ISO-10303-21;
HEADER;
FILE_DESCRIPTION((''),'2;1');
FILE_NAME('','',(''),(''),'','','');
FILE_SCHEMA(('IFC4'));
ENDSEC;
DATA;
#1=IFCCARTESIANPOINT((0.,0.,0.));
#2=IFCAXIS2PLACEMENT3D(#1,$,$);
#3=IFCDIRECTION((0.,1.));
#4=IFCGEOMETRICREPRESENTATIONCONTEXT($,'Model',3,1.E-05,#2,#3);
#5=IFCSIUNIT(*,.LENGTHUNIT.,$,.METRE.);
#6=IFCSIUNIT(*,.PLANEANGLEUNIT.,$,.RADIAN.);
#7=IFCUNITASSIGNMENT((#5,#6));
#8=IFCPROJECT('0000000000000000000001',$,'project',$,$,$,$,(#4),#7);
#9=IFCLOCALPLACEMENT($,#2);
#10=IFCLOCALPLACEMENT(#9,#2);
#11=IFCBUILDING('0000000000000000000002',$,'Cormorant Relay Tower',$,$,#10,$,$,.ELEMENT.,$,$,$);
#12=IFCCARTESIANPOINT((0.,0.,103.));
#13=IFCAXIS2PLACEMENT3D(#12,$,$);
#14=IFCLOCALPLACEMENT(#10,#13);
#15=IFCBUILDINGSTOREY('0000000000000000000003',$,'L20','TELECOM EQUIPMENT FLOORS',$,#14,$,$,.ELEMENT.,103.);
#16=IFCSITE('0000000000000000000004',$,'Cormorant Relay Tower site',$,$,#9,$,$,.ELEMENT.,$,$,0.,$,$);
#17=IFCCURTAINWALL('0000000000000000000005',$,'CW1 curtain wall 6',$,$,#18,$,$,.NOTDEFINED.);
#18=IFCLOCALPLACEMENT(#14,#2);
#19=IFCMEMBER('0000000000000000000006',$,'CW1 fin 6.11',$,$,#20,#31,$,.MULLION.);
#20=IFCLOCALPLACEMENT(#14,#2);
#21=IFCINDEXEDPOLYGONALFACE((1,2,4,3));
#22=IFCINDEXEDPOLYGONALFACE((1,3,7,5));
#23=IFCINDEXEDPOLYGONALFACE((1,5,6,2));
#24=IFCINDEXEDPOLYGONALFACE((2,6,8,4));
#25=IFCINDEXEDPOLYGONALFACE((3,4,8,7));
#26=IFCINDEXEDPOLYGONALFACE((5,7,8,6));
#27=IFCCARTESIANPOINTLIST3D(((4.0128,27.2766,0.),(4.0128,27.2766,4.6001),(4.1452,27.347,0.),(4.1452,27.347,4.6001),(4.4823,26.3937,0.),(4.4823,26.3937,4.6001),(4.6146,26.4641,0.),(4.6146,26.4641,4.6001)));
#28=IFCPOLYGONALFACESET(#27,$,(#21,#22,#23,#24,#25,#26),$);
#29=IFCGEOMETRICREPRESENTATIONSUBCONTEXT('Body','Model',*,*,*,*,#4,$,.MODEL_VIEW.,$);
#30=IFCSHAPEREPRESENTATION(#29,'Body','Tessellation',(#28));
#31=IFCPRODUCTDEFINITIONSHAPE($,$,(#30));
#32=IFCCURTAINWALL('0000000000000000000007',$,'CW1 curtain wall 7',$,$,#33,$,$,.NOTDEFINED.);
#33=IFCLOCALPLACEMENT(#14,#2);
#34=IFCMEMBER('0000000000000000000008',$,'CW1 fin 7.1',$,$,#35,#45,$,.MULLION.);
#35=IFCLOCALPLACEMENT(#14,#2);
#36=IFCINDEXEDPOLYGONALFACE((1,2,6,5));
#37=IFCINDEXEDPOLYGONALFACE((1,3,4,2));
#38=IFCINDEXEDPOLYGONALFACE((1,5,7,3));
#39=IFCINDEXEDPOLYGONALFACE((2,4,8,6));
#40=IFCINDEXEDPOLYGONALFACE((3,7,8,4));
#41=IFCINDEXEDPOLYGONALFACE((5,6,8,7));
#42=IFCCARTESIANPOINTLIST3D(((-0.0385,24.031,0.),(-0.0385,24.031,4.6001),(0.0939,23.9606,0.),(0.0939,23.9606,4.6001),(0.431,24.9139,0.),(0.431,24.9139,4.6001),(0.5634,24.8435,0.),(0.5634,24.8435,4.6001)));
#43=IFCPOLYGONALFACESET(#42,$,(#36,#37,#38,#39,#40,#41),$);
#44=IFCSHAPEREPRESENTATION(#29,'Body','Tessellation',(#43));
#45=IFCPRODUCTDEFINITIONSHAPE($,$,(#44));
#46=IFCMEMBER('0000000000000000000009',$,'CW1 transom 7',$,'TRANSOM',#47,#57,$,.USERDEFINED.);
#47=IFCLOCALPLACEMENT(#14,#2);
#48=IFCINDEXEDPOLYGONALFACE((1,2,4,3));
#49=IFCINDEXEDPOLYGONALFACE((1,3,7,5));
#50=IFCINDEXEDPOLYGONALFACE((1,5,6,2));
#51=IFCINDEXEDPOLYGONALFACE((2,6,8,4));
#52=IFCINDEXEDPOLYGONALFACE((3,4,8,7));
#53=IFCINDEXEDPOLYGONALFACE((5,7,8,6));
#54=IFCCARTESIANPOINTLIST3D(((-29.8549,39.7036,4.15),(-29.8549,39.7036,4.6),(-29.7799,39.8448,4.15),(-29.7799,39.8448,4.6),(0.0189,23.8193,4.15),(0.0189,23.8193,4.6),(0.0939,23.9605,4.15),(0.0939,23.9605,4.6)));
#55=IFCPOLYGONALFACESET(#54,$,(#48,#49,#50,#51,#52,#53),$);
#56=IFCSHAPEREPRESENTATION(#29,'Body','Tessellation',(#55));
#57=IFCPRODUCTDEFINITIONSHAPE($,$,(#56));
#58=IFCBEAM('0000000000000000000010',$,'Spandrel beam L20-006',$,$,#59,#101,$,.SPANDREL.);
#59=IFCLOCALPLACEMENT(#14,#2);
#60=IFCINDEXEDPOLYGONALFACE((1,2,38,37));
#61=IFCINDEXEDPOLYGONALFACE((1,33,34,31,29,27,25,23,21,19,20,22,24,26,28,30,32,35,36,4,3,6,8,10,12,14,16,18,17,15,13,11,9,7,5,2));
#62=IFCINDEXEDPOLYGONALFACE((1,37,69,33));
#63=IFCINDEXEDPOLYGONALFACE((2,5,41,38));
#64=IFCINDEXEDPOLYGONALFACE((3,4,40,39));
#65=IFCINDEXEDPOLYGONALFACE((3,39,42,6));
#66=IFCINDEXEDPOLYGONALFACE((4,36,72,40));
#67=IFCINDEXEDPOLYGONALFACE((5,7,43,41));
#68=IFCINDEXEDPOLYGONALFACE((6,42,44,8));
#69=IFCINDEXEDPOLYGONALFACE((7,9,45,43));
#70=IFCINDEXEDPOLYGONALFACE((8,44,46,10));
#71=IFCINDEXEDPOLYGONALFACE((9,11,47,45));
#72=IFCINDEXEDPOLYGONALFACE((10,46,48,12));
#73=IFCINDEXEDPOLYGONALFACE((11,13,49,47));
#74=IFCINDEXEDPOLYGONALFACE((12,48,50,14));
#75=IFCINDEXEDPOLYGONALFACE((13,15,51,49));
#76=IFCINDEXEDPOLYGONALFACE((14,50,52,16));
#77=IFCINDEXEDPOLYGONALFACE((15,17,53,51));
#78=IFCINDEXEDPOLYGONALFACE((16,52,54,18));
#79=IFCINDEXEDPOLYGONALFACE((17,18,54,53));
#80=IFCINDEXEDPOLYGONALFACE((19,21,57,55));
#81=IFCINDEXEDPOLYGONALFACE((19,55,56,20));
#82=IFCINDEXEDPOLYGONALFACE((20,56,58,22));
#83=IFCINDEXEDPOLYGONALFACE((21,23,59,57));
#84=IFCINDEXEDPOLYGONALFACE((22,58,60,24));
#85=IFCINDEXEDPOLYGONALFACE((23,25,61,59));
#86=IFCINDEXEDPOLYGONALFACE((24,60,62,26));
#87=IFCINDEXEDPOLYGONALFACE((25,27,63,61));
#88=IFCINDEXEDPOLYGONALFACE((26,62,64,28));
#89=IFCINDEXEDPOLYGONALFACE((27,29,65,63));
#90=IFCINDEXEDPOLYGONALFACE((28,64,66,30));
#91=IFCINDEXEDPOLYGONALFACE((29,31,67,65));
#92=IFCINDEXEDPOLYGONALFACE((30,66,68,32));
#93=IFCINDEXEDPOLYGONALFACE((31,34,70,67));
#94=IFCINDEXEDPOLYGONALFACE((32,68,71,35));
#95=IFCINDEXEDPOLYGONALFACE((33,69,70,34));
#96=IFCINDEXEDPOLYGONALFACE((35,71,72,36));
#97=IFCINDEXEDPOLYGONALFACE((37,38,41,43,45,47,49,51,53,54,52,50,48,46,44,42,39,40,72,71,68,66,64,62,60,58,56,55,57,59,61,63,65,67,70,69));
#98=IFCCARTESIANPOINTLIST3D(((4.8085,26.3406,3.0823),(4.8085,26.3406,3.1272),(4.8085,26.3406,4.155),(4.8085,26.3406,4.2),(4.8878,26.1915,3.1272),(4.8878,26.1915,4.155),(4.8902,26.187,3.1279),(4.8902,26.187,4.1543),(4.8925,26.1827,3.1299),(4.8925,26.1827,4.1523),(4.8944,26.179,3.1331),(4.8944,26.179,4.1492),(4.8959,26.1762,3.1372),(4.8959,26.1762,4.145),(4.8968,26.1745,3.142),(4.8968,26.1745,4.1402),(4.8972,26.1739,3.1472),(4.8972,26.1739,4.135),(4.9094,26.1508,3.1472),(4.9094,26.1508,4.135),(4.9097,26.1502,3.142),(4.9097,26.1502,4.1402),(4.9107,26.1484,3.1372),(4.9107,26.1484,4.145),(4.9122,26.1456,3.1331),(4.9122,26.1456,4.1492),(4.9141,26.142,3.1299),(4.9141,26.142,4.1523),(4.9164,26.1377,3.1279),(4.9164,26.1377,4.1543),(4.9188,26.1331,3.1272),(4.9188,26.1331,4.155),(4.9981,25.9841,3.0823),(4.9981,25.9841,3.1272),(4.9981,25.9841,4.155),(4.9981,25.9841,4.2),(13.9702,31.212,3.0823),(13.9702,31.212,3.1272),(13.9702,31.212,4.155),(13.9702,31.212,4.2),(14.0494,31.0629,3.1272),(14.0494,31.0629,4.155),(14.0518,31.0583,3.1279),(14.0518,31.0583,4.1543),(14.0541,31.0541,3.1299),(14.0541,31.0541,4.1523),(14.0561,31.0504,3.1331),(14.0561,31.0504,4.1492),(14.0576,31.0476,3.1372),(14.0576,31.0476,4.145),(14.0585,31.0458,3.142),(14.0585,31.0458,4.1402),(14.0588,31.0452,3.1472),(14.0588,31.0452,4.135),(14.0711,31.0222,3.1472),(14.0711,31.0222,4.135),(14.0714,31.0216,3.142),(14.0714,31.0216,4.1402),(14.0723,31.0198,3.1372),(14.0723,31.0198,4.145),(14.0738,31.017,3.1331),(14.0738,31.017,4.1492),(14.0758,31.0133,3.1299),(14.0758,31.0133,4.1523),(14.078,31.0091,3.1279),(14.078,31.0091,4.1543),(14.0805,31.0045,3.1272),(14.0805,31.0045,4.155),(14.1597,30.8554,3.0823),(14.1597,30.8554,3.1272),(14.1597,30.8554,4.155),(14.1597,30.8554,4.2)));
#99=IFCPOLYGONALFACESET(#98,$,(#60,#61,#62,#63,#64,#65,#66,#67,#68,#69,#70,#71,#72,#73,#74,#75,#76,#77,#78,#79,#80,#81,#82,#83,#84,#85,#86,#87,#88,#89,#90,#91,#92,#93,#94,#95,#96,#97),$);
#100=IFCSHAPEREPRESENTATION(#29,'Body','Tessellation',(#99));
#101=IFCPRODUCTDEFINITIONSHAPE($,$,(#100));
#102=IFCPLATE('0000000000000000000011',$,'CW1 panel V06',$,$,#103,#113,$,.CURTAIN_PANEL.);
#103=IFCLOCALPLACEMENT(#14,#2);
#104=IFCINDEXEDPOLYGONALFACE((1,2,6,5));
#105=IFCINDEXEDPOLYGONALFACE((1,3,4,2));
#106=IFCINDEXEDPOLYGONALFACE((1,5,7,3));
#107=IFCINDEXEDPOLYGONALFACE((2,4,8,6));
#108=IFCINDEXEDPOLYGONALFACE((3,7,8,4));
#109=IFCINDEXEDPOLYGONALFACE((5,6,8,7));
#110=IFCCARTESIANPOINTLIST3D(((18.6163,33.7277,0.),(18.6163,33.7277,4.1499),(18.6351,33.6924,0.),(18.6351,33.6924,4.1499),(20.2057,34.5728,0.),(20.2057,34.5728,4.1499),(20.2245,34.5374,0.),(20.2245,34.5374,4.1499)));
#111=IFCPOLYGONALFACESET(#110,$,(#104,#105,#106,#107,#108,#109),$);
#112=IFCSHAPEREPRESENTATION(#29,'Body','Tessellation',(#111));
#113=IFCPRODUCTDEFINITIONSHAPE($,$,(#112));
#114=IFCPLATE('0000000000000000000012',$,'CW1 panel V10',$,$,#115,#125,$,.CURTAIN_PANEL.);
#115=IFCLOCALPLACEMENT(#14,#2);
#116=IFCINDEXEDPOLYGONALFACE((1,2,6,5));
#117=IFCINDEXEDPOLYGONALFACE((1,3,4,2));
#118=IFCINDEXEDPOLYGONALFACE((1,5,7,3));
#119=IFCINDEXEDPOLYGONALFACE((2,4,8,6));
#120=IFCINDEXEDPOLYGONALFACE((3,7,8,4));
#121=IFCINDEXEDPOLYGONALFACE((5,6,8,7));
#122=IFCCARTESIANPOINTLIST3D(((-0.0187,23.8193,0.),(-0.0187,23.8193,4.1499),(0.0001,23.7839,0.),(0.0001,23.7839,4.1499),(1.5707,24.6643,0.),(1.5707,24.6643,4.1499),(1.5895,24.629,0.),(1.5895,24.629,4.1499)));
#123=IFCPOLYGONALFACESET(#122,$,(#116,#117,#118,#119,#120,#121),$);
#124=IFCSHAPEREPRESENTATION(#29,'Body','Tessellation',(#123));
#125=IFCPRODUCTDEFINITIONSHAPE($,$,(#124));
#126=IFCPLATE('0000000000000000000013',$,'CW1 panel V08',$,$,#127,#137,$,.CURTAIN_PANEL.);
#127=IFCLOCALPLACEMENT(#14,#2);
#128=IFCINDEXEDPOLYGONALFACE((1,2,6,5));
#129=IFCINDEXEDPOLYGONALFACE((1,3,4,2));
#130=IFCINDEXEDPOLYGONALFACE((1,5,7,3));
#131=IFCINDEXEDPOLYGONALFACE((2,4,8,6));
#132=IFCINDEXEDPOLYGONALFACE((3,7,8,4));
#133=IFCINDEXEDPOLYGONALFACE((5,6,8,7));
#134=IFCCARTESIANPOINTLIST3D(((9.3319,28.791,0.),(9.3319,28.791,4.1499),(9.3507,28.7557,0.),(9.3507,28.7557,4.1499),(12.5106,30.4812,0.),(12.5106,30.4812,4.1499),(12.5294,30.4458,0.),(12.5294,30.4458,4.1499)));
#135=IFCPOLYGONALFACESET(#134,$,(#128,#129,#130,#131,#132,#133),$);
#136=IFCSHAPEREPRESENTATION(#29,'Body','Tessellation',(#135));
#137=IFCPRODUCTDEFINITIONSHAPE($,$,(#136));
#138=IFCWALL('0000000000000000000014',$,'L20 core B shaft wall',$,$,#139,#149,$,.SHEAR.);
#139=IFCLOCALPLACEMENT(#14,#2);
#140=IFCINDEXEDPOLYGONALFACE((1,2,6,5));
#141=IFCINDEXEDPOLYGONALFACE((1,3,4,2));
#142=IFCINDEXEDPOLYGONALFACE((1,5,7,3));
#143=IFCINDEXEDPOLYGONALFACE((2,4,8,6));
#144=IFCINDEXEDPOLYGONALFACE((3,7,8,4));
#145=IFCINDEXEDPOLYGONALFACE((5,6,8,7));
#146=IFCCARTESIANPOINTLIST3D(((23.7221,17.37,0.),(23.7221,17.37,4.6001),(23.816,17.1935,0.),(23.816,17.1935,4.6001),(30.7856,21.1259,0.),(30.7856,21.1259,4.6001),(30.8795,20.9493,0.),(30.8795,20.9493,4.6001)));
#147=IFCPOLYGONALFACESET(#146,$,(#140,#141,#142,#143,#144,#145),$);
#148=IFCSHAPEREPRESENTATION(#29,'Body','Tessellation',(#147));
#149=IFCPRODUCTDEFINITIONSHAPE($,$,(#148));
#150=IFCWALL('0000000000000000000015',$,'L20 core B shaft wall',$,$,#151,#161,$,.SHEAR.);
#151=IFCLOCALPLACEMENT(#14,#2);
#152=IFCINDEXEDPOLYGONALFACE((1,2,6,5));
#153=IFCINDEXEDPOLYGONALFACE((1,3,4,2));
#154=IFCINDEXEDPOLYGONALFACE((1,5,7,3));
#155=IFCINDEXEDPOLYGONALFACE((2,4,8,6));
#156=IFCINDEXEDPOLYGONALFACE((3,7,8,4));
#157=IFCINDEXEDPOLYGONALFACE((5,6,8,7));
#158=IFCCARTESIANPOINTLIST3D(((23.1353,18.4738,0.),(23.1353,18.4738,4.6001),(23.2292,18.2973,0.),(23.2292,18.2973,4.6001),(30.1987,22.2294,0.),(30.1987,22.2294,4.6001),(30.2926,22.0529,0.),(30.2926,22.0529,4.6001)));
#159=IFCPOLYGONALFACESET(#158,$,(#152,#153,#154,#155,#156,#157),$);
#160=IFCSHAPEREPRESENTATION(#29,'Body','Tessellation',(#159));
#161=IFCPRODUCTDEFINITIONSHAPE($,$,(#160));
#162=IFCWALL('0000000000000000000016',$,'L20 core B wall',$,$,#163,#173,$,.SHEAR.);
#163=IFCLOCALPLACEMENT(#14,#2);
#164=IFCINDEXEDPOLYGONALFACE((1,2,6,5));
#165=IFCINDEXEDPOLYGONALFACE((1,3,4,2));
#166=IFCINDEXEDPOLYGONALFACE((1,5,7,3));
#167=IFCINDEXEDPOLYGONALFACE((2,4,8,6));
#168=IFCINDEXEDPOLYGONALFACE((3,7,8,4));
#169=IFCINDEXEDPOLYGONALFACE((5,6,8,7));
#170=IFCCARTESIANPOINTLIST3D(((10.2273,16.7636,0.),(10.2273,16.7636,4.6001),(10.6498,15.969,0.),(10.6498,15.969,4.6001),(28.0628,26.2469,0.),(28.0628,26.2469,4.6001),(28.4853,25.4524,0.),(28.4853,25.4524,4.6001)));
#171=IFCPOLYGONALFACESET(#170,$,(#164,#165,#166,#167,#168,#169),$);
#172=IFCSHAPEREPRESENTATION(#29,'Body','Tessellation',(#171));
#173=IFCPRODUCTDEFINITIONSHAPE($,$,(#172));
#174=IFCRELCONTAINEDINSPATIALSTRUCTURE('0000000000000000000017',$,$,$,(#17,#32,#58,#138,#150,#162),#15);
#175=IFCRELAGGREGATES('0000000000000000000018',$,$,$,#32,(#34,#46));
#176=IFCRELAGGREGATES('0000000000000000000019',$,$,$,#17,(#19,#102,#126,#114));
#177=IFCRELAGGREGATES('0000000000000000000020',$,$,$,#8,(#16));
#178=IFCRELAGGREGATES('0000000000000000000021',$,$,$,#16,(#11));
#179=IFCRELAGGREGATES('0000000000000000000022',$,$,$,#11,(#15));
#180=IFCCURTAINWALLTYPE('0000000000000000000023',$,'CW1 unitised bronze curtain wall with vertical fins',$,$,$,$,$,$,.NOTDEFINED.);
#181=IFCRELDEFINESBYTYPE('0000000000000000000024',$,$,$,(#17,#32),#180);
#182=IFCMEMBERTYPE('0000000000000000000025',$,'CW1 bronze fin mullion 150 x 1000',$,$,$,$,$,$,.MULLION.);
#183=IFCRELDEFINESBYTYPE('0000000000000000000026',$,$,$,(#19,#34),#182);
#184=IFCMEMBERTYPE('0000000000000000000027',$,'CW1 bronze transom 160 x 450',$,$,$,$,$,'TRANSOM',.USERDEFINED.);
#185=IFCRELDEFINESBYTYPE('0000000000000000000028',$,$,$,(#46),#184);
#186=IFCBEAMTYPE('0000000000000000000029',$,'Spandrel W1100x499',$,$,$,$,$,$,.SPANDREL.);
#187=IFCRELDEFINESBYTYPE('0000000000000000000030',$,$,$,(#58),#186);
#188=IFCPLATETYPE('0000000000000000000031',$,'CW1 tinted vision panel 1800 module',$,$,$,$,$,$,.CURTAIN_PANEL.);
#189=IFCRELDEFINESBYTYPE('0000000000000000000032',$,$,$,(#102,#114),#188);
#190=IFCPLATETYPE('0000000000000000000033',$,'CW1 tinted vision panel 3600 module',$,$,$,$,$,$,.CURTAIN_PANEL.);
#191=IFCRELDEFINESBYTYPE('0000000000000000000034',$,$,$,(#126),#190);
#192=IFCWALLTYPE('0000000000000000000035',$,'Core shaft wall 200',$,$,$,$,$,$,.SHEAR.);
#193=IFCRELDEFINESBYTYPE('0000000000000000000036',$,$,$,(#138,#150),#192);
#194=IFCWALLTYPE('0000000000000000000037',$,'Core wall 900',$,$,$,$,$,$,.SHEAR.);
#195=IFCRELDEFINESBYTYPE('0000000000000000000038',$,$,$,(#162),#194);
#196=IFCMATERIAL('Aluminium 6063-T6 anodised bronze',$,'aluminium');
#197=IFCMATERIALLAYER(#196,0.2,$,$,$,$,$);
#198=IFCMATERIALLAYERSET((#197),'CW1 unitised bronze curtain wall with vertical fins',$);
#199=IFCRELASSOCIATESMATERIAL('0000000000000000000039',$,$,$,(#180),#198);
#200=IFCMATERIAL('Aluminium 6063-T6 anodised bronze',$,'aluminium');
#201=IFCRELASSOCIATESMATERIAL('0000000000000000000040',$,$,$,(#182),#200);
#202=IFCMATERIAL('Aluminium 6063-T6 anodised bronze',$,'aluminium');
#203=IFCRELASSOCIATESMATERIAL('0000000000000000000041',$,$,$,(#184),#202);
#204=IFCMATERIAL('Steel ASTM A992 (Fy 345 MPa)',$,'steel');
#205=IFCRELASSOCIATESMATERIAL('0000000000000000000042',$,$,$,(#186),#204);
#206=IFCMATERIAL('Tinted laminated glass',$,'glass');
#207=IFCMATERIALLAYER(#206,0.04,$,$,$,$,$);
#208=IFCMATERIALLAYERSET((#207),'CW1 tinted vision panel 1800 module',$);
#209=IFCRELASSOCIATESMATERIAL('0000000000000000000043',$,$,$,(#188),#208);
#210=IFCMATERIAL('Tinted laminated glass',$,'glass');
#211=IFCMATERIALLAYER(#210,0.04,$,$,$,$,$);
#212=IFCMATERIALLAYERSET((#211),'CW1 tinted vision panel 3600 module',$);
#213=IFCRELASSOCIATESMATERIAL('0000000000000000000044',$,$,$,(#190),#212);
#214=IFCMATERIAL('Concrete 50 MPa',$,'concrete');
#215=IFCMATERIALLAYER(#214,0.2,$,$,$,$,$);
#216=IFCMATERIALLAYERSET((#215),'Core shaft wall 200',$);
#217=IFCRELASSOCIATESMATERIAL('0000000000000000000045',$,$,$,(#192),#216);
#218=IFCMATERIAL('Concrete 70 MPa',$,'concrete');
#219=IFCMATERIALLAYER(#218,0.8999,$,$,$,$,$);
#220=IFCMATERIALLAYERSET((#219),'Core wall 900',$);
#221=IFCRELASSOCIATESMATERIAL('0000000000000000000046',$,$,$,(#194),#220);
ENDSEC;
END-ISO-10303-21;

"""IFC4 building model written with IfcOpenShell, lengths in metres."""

from ifc_helpers import new_model, si_unit, direction, frame, frame_2d, origin, origin_2d, place, context, subcontext, project, spatial, rectangle, i_section, extrude, material, layer, layer_set, material_profile, profile_set, type_object, element, aggregate, save


model = new_model("IFC4")

# Units and contexts
model_context = context("Model", 3, precision=1e-05, world=origin(), true_north=direction((0.0, 1.0)))
body_context = subcontext(model_context, "Body", "Model", "MODEL_VIEW")
ifc_project = project(units=[si_unit("LENGTHUNIT", "METRE"), si_unit("PLANEANGLEUNIT", "RADIAN")], contexts=[model_context])

# Site, building, storey
site_placement = place(None, origin())
site = spatial("IfcSite", under=ifc_project, at=site_placement, Name="Cormorant Relay Tower site", CompositionType="ELEMENT", RefElevation=0.0)
building_placement = place(site_placement, origin())
building = spatial("IfcBuilding", under=site, at=building_placement, Name="Cormorant Relay Tower", CompositionType="ELEMENT")
storey_placement = place(building_placement, frame((0.0, 0.0, 103.0)))
storey = spatial("IfcBuildingStorey", under=building, at=storey_placement, Name="L20", Description="TELECOM EQUIPMENT FLOORS", CompositionType="ELEMENT", Elevation=103.0)

# Curtain walls, members
ifc_material_1 = material(Name="Aluminium 6063-T6 anodised bronze", Category="aluminium")
ifc_layer_1 = layer(ifc_material_1, 0.2)
ifc_layer_set_1 = layer_set([ifc_layer_1], Name="CW1 unitised bronze curtain wall with vertical fins")
curtain_wall_type = type_object("IfcCurtainWallType", Name="CW1 unitised bronze curtain wall with vertical fins", PredefinedType="NOTDEFINED", material=ifc_layer_set_1)
curtain_wall_1_placement = place(storey_placement, origin())
curtain_wall_1 = element("IfcCurtainWall", 1, at=curtain_wall_1_placement, inside=storey, type_object=curtain_wall_type, Name="CW1 curtain wall 6", PredefinedType="NOTDEFINED")
ifc_material_2 = material(Name="Aluminium 6063-T6 anodised bronze", Category="aluminium")
ifc_material_profile_1 = material_profile(ifc_material_2, rectangle(XDim=0.1499, YDim=1.0, at=origin_2d()), Name="AL 150x1000")
ifc_profile_set_1 = profile_set([ifc_material_profile_1], Name="Aluminium 6063-T6 anodised bronze")
member_type_1 = type_object("IfcMemberType", Name="CW1 bronze fin mullion 150 x 1000", PredefinedType="MULLION", material=ifc_profile_set_1)
member_1_placement = place(storey_placement, frame((4.3137, 26.8704, 0.0), z_axis=(0.0, 0.0, 1.0), x_axis=(-0.882948, -0.469472, 0.0)))
member_1 = element("IfcMember", 2, at=member_1_placement, type_object=member_type_1, Name="CW1 fin 6.11", PredefinedType="MULLION", context=body_context, shape_type="SweptSolid", body=[
    extrude(rectangle(XDim=0.1499, YDim=1.0, at=origin_2d()), origin(), (0.0, 0.0, 1.0), 4.6001),
])
curtain_wall_2_placement = place(storey_placement, origin())
curtain_wall_2 = element("IfcCurtainWall", 3, at=curtain_wall_2_placement, inside=storey, type_object=curtain_wall_type, Name="CW1 curtain wall 7", PredefinedType="NOTDEFINED")
member_2_placement = place(storey_placement, frame((0.2625, 24.4373, 0.0), z_axis=(0.0, 0.0, 1.0), x_axis=(-0.882948, 0.469472, 0.0)))
member_2 = element("IfcMember", 4, at=member_2_placement, type_object=member_type_1, Name="CW1 fin 7.1", PredefinedType="MULLION", context=body_context, shape_type="SweptSolid", body=[
    extrude(rectangle(XDim=0.1499, YDim=1.0, at=origin_2d()), origin(), (0.0, 0.0, 1.0), 4.6001),
])
ifc_material_3 = material(Name="Aluminium 6063-T6 anodised bronze", Category="aluminium")
ifc_material_profile_2 = material_profile(ifc_material_3, rectangle(XDim=0.1599, YDim=0.45, at=origin_2d()), Name="AL 160x450")
ifc_profile_set_2 = profile_set([ifc_material_profile_2], Name="Aluminium 6063-T6 anodised bronze")
member_type_2 = type_object("IfcMemberType", Name="CW1 bronze transom 160 x 450", ElementType="TRANSOM", PredefinedType="USERDEFINED", material=ifc_profile_set_2)
member_3_placement = place(storey_placement, frame((0.0564, 23.8899, 4.375), z_axis=(-0.882946, 0.469474, 0.0), x_axis=(-0.469474, -0.882946, 0.0)))
member_3 = element("IfcMember", 5, at=member_3_placement, type_object=member_type_2, Name="CW1 transom 7", ObjectType="TRANSOM", PredefinedType="USERDEFINED", context=body_context, shape_type="SweptSolid", body=[
    extrude(rectangle(XDim=0.1599, YDim=0.45, at=origin_2d()), origin(), (0.0, 0.0, 1.0), 33.8342),
])
aggregate(curtain_wall_2, [member_2, member_3])

# Beam
ifc_material_4 = material(Name="Steel ASTM A992 (Fy 345 MPa)", Category="steel")
ifc_material_profile_3 = material_profile(ifc_material_4, i_section(OverallWidth=0.4038, OverallDepth=1.1177, WebThickness=0.0261, FlangeThickness=0.0449, FilletRadius=0.02, at=origin_2d()), Name="W1100x499")
ifc_profile_set_3 = profile_set([ifc_material_profile_3], Name="Steel ASTM A992 (Fy 345 MPa)")
beam_type = type_object("IfcBeamType", Name="Spandrel W1100x499", PredefinedType="SPANDREL", material=ifc_profile_set_3)
beam_placement = place(storey_placement, frame((14.0649, 31.0337, 3.6411), z_axis=(-0.882947, -0.469473, 0.0), x_axis=(0.469473, -0.882947, 0.0)))
element("IfcBeam", 6, at=beam_placement, inside=storey, type_object=beam_type, Name="Spandrel beam L20-006", PredefinedType="SPANDREL", context=body_context, shape_type="SweptSolid", body=[
    extrude(i_section(OverallWidth=0.4038, OverallDepth=1.1177, WebThickness=0.0261, FlangeThickness=0.0449, FilletRadius=0.02, at=origin_2d()), origin(), (0.0, 0.0, 1.0), 10.3762),
])

# Plates
ifc_material_5 = material(Name="Tinted laminated glass", Category="glass")
ifc_layer_2 = layer(ifc_material_5, 0.04)
ifc_layer_set_2 = layer_set([ifc_layer_2], Name="CW1 tinted vision panel 1800 module")
plate_type_1 = type_object("IfcPlateType", Name="CW1 tinted vision panel 1800 module", PredefinedType="CURTAIN_PANEL", material=ifc_layer_set_2)
plate_1_placement = place(storey_placement, frame((19.4204, 34.1326, 0.0), z_axis=(0.0, 0.0, 1.0), x_axis=(-0.882948, -0.469472, 0.0)))
plate_1 = element("IfcPlate", 7, at=plate_1_placement, type_object=plate_type_1, Name="CW1 panel V06", PredefinedType="CURTAIN_PANEL", context=body_context, shape_type="SweptSolid", body=[
    extrude(rectangle(XDim=1.8, YDim=0.04, at=origin_2d()), origin(), (0.0, 0.0, 1.0), 4.1499),
])
plate_2_placement = place(storey_placement, frame((0.7854, 24.2241, 0.0), z_axis=(0.0, 0.0, 1.0), x_axis=(-0.882948, -0.469472, 0.0)))
plate_2 = element("IfcPlate", 8, at=plate_2_placement, type_object=plate_type_1, Name="CW1 panel V10", PredefinedType="CURTAIN_PANEL", context=body_context, shape_type="SweptSolid", body=[
    extrude(rectangle(XDim=1.8, YDim=0.04, at=origin_2d()), origin(), (0.0, 0.0, 1.0), 4.1499),
])
ifc_material_6 = material(Name="Tinted laminated glass", Category="glass")
ifc_layer_3 = layer(ifc_material_6, 0.04)
ifc_layer_set_3 = layer_set([ifc_layer_3], Name="CW1 tinted vision panel 3600 module")
plate_type_2 = type_object("IfcPlateType", Name="CW1 tinted vision panel 3600 module", PredefinedType="CURTAIN_PANEL", material=ifc_layer_set_3)
plate_3_placement = place(storey_placement, frame((10.9307, 29.6184, 0.0), z_axis=(0.0, 0.0, 1.0), x_axis=(-0.882948, -0.469472, 0.0)))
plate_3 = element("IfcPlate", 9, at=plate_3_placement, type_object=plate_type_2, Name="CW1 panel V08", PredefinedType="CURTAIN_PANEL", context=body_context, shape_type="SweptSolid", body=[
    extrude(rectangle(XDim=3.6001, YDim=0.04, at=origin_2d()), origin(), (0.0, 0.0, 1.0), 4.1499),
])

# Walls
ifc_material_7 = material(Name="Concrete 50 MPa", Category="concrete")
ifc_layer_4 = layer(ifc_material_7, 0.2)
ifc_layer_set_4 = layer_set([ifc_layer_4], Name="Core shaft wall 200")
wall_type_1 = type_object("IfcWallType", Name="Core shaft wall 200", PredefinedType="SHEAR", material=ifc_layer_set_4)
wall_1_placement = place(storey_placement, frame((23.769, 17.2817, 0.0), z_axis=(0.0, 0.0, 1.0), x_axis=(0.88294, 0.469485, 0.0)))
element("IfcWall", 10, at=wall_1_placement, inside=storey, type_object=wall_type_1, Name="L20 core B shaft wall", PredefinedType="SHEAR", context=body_context, shape_type="SweptSolid", body=[
    extrude(rectangle(XDim=8.0, YDim=0.2, at=frame_2d((4.0, 0.0))), origin(), (0.0, 0.0, 1.0), 4.6001),
])
wall_2_placement = place(storey_placement, frame((23.1821, 18.3855, 0.0), z_axis=(0.0, 0.0, 1.0), x_axis=(0.882953, 0.469462, 0.0)))
element("IfcWall", 11, at=wall_2_placement, inside=storey, type_object=wall_type_1, Name="L20 core B shaft wall", PredefinedType="SHEAR", context=body_context, shape_type="SweptSolid", body=[
    extrude(rectangle(XDim=7.9998, YDim=0.2, at=frame_2d((4.0, 0.0))), origin(), (0.0, 0.0, 1.0), 4.6001),
])
ifc_material_8 = material(Name="Concrete 70 MPa", Category="concrete")
ifc_layer_5 = layer(ifc_material_8, 0.8999)
ifc_layer_set_5 = layer_set([ifc_layer_5], Name="Core wall 900")
wall_type_2 = type_object("IfcWallType", Name="Core wall 900", PredefinedType="SHEAR", material=ifc_layer_set_5)
wall_3_placement = place(storey_placement, frame((10.4385, 16.3662, 0.0), z_axis=(0.0, 0.0, 1.0), x_axis=(0.882945, 0.469476, 0.0)))
element("IfcWall", 12, at=wall_3_placement, inside=storey, type_object=wall_type_2, Name="L20 core B wall", PredefinedType="SHEAR", context=body_context, shape_type="SweptSolid", body=[
    extrude(rectangle(XDim=20.2, YDim=0.8999, at=frame_2d((10.1001, 0.0))), origin(), (0.0, 0.0, 1.0), 4.6001),
])

aggregate(curtain_wall_1, [member_1, plate_1, plate_3, plate_2])

save(model, "model.ifc")
